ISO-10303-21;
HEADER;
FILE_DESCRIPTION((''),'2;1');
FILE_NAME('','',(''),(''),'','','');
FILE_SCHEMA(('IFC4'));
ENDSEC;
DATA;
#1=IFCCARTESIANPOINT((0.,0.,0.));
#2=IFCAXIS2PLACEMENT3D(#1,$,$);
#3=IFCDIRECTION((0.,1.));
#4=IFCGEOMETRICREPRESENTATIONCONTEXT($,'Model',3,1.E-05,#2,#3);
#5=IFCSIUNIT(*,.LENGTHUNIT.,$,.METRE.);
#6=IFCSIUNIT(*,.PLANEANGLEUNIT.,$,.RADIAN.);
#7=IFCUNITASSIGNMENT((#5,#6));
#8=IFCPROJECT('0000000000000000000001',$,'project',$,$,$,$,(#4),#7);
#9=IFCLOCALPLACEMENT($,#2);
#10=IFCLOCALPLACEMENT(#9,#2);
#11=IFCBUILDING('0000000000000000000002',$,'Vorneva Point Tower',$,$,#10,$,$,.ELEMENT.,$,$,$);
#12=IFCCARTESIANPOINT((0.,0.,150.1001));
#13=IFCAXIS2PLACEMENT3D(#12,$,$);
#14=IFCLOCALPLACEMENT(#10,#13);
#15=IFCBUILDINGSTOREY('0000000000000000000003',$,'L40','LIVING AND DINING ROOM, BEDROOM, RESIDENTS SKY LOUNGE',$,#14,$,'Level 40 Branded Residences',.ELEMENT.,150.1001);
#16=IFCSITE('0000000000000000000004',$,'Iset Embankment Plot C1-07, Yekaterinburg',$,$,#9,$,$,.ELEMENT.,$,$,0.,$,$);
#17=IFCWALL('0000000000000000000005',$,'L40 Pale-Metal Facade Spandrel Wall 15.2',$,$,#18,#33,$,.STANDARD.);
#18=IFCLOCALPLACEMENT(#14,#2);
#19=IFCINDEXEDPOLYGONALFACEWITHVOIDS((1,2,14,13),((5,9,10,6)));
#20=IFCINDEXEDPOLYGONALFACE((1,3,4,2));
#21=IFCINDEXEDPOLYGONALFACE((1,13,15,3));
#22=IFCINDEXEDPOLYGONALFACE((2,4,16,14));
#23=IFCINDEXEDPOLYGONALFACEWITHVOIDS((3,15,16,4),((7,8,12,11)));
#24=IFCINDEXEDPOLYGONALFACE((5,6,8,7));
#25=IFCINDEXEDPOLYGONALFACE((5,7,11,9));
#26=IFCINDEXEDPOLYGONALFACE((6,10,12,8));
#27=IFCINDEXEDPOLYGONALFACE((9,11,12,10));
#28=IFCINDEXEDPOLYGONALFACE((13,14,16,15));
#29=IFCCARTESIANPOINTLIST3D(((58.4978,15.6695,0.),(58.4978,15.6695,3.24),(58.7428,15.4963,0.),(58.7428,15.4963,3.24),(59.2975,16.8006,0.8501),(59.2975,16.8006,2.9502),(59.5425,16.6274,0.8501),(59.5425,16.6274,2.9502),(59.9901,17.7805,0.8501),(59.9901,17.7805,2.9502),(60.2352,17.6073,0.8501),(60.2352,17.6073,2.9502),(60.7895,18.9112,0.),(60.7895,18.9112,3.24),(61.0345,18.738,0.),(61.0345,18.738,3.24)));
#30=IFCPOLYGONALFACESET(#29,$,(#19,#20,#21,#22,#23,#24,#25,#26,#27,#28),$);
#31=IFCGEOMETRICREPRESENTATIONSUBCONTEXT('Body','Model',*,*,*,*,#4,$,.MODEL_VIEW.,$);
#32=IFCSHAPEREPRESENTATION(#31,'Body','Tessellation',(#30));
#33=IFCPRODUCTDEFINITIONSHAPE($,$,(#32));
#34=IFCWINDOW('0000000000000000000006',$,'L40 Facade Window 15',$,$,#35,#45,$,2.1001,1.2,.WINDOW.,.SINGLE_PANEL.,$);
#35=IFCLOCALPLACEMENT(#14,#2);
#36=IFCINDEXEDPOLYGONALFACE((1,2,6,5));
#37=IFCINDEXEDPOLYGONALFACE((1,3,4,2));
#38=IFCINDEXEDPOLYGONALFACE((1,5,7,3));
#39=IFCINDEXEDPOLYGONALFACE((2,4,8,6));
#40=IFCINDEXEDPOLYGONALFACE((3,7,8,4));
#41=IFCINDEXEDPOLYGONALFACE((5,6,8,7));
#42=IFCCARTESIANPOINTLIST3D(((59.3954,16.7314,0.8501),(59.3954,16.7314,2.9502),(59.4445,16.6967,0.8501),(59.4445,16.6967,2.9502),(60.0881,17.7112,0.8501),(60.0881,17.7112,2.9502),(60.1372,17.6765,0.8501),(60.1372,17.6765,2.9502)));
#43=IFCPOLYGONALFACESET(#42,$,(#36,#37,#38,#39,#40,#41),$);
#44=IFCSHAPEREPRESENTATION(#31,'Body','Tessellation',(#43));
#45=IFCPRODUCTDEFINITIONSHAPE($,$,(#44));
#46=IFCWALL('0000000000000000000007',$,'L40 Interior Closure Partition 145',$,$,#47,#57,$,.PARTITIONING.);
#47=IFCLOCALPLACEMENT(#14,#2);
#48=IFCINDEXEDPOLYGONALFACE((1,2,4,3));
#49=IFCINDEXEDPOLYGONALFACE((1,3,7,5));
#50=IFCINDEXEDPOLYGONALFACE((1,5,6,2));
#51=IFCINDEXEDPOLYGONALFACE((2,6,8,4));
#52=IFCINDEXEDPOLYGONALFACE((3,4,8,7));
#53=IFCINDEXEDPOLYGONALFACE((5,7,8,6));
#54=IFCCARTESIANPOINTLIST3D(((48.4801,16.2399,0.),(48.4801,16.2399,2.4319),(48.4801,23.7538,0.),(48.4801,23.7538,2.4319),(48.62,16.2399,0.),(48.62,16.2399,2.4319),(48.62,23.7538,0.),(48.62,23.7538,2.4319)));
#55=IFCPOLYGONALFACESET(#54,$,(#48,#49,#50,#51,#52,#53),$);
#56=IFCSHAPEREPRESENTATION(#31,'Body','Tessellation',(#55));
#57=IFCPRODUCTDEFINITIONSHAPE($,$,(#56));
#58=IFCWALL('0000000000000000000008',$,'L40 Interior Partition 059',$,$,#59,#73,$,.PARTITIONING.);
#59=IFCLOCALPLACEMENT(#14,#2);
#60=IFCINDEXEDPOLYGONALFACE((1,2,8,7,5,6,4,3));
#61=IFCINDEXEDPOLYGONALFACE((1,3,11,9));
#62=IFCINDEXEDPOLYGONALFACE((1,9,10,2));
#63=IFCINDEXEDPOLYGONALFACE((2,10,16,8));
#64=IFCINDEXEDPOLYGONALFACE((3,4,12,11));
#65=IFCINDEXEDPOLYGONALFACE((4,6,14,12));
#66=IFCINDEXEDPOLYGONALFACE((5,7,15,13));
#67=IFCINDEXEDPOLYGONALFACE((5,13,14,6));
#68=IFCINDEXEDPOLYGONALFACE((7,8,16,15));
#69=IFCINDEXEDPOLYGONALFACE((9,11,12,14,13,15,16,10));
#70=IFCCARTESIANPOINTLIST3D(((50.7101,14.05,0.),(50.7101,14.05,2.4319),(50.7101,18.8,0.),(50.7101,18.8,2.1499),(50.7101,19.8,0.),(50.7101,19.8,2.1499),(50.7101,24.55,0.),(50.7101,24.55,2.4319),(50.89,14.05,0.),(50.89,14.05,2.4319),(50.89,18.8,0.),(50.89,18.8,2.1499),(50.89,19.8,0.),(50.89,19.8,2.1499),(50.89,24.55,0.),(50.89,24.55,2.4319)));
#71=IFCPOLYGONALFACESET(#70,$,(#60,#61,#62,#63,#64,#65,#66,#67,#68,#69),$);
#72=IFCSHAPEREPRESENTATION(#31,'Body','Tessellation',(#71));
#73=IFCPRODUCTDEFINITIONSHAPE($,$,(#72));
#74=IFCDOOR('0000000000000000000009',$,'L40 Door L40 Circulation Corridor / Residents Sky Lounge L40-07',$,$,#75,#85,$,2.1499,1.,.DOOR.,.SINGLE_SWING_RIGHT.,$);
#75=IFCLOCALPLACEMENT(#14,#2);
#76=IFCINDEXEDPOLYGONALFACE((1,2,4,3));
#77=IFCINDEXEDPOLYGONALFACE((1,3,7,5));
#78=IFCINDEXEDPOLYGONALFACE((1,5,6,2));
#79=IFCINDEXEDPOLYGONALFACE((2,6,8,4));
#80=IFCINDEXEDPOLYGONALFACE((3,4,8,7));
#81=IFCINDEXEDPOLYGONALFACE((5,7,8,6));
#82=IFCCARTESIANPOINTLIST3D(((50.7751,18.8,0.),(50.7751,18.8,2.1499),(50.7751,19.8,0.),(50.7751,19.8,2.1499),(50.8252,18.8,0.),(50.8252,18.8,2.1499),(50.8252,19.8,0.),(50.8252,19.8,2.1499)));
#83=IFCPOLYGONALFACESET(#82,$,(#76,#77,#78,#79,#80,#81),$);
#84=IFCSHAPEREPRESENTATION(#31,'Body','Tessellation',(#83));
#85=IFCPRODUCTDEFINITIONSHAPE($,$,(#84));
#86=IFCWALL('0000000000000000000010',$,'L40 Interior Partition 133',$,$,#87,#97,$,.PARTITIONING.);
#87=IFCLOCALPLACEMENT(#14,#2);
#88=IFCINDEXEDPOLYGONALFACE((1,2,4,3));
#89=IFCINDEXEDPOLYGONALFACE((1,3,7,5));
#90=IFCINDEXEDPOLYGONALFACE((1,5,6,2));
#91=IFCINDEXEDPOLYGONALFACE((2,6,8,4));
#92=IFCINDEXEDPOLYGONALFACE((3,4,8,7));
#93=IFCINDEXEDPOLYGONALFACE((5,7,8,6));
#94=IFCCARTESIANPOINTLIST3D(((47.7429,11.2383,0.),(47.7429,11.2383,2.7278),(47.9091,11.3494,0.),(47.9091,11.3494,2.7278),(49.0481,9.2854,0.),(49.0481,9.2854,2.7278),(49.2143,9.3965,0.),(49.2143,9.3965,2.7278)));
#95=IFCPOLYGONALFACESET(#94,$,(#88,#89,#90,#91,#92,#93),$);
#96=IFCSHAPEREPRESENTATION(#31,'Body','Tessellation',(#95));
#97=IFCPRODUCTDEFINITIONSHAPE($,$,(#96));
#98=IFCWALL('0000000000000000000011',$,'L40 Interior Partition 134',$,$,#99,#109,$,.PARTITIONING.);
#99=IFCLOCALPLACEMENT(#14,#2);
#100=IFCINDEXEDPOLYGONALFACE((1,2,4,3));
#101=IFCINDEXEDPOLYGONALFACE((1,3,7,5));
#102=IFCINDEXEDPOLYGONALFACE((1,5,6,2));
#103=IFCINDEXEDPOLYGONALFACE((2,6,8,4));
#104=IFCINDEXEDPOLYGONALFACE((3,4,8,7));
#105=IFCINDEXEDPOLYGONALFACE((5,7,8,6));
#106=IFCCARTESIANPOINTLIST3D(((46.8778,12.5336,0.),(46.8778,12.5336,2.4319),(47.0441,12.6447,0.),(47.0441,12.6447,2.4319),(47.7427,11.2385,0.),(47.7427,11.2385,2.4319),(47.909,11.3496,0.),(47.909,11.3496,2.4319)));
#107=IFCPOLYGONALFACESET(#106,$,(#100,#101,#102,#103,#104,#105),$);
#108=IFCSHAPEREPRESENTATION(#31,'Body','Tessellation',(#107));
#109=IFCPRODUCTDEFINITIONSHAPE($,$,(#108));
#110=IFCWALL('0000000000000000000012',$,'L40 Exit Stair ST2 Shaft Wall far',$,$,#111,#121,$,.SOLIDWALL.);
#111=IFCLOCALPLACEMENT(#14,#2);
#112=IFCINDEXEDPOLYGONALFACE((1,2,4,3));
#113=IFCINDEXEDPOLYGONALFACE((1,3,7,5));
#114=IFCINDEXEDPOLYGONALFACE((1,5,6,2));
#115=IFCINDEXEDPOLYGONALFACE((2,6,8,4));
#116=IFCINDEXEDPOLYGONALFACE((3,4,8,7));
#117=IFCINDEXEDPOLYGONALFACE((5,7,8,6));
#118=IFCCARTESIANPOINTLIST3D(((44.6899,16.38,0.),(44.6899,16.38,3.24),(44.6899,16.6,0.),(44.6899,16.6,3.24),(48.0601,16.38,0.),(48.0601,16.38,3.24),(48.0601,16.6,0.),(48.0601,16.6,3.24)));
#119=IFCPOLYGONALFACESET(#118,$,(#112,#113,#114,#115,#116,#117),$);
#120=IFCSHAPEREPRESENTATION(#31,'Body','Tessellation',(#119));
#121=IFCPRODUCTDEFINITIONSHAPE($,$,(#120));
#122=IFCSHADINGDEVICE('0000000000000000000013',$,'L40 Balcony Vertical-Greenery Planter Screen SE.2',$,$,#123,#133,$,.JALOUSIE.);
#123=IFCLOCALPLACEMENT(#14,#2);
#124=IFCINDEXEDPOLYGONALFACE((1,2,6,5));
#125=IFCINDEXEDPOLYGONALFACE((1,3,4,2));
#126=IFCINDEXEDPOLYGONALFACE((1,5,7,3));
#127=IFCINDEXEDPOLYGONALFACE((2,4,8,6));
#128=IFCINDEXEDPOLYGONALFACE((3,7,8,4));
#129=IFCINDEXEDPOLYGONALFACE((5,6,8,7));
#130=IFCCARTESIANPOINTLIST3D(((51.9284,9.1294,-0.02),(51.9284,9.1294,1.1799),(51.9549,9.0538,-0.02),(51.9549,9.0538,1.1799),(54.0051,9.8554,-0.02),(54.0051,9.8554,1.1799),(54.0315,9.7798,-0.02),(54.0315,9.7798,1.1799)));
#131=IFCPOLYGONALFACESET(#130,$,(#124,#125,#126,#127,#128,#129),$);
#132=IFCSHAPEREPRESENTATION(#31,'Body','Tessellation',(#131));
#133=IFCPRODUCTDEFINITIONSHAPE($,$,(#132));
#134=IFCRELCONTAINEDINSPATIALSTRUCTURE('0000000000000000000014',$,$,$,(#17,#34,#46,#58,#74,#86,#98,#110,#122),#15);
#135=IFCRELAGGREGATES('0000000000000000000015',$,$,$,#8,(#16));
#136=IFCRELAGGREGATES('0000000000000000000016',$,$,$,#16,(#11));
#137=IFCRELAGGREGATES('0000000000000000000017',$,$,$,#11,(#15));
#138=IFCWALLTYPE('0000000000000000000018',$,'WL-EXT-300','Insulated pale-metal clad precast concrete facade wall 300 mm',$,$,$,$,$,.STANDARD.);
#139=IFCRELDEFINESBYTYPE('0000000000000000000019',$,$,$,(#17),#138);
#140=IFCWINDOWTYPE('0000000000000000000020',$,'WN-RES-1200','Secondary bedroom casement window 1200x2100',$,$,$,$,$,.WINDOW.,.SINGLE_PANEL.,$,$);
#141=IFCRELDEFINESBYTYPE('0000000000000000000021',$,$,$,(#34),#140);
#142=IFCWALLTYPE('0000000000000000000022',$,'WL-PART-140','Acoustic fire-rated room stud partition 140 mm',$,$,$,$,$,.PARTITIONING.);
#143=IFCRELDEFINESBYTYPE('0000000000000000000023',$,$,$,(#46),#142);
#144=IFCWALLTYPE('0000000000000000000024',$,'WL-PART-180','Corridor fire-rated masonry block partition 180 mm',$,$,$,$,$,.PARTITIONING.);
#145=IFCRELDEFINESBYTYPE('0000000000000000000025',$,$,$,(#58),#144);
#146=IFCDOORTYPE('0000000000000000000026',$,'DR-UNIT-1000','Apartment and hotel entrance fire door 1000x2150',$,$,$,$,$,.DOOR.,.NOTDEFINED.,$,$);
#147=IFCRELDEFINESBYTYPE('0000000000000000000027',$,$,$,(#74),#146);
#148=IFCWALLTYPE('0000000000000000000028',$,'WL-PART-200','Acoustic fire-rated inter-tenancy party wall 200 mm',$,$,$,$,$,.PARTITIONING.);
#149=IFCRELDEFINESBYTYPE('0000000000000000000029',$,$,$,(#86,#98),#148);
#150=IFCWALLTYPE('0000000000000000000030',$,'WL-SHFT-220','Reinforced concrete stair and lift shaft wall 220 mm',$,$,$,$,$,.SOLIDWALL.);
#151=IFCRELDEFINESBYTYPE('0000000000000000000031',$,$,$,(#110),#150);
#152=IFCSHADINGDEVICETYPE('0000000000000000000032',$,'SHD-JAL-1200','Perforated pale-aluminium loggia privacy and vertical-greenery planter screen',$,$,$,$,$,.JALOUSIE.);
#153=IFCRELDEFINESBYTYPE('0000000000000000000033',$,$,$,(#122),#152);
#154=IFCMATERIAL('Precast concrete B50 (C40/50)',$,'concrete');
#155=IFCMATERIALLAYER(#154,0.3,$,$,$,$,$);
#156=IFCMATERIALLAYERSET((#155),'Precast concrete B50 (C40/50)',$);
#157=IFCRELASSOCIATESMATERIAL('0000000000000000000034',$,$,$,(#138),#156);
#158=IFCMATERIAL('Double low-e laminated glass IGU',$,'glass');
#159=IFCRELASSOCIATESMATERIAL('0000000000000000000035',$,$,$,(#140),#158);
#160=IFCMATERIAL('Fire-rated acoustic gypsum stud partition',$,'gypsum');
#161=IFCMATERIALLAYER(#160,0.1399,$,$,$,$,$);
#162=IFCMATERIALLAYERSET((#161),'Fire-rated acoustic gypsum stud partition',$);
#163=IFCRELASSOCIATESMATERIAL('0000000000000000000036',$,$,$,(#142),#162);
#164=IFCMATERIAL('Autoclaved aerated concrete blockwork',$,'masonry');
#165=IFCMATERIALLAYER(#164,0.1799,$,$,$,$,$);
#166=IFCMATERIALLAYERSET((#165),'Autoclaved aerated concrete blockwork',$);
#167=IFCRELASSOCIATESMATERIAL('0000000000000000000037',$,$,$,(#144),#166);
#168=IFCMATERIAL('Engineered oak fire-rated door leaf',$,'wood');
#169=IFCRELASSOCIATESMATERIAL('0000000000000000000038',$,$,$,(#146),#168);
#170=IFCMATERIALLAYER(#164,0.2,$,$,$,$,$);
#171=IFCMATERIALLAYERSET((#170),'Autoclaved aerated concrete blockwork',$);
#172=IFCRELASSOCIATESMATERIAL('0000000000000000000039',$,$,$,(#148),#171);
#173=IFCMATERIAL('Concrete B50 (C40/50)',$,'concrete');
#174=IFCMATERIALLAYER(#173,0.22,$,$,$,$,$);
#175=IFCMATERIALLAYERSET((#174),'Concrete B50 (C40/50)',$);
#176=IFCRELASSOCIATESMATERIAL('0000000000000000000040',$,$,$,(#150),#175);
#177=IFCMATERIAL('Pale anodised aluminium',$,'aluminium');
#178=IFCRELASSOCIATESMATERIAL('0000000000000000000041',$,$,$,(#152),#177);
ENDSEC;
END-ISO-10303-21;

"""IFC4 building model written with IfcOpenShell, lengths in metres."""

from ifc_helpers import new_model, si_unit, direction, frame, frame_2d, origin, origin_2d, place, context, subcontext, project, spatial, rectangle, extrude, material, layer, layer_set, type_object, element, fill, save


model = new_model("IFC4")

# Units and contexts
model_context = context("Model", 3, precision=1e-05, world=origin(), true_north=direction((0.0, 1.0)))
body_context = subcontext(model_context, "Body", "Model", "MODEL_VIEW")
ifc_project = project(units=[si_unit("LENGTHUNIT", "METRE"), si_unit("PLANEANGLEUNIT", "RADIAN")], contexts=[model_context])

# Site, building, storey
site_placement = place(None, origin())
site = spatial("IfcSite", under=ifc_project, at=site_placement, Name="Iset Embankment Plot C1-07, Yekaterinburg", CompositionType="ELEMENT", RefElevation=0.0)
building_placement = place(site_placement, origin())
building = spatial("IfcBuilding", under=site, at=building_placement, Name="Vorneva Point Tower", CompositionType="ELEMENT")
storey_placement = place(building_placement, frame((0.0, 0.0, 150.1001)))
storey = spatial("IfcBuildingStorey", under=building, at=storey_placement, Name="L40", Description="LIVING AND DINING ROOM, BEDROOM, RESIDENTS SKY LOUNGE", LongName="Level 40 Branded Residences", CompositionType="ELEMENT", Elevation=150.1001)

# Shared definitions
ifc_material_1 = material(Name="Pale anodised aluminium", Category="aluminium")
ifc_material_2 = material(Name="Double low-e laminated glass IGU", Category="glass")

# Shared definitions
ifc_material_3 = material(Name="Precast concrete B50 (C40/50)", Category="concrete")
ifc_layer_1 = layer(ifc_material_3, 0.3)
ifc_layer_set_1 = layer_set([ifc_layer_1], Name="Precast concrete B50 (C40/50)")
wall_type_1 = type_object("IfcWallType", Name="WL-EXT-300", Description="Insulated pale-metal clad precast concrete facade wall 300 mm", PredefinedType="STANDARD", material=ifc_layer_set_1)

# Wall, opening, window
wall_1_placement = place(storey_placement, frame((58.6204, 15.583, 0.0), z_axis=(0.0, 0.0, 1.0), x_axis=(0.57727, 0.816554, 0.0)))
wall_1 = element("IfcWall", 1, at=wall_1_placement, inside=storey, type_object=wall_type_1, Name="L40 Pale-Metal Facade Spandrel Wall 15.2", PredefinedType="STANDARD", context=body_context, shape_type="SweptSolid", body=[
    extrude(rectangle(XDim=3.97, YDim=0.3, at=frame_2d((1.9849, 0.0))), origin(), (0.0, 0.0, 1.0), 3.24),
])
opening_1_placement = place(wall_1_placement, frame((1.385, 0.0, 0.8501)))
opening_1 = element("IfcOpeningElement", 2, at=opening_1_placement, cuts=wall_1, PredefinedType="OPENING", context=body_context, shape_type="SweptSolid", body=[
    extrude(rectangle(XDim=1.2, YDim=2.1001, at=frame_2d((0.6001, 1.05))), frame((0.0, 0.165, 0.0), z_axis=(0.0, -1.0, 0.0), x_axis=(1.0, 0.0, 0.0)), (0.0, 0.0, 1.0), 0.3298),
])
window_type = type_object("IfcWindowType", Name="WN-RES-1200", Description="Secondary bedroom casement window 1200x2100", PartitioningType="SINGLE_PANEL", PredefinedType="WINDOW", material=ifc_material_2)
window_placement = place(opening_1_placement, origin())
window = element("IfcWindow", 3, at=window_placement, inside=storey, type_object=window_type, Name="L40 Facade Window 15", OverallHeight=2.1001, OverallWidth=1.2, PartitioningType="SINGLE_PANEL", PredefinedType="WINDOW", context=body_context, shape_type="SweptSolid", body=[
    extrude(rectangle(XDim=1.2, YDim=2.1001, at=frame_2d((0.6001, 1.05))), frame((0.0, 0.03, 0.0), z_axis=(0.0, -1.0, 0.0), x_axis=(1.0, 0.0, 0.0)), (0.0, 0.0, 1.0), 0.0601),
])
fill(opening_1, window)

# Wall
ifc_material_4 = material(Name="Fire-rated acoustic gypsum stud partition", Category="gypsum")
ifc_layer_2 = layer(ifc_material_4, 0.1399)
ifc_layer_set_2 = layer_set([ifc_layer_2], Name="Fire-rated acoustic gypsum stud partition")
wall_type_2 = type_object("IfcWallType", Name="WL-PART-140", Description="Acoustic fire-rated room stud partition 140 mm", PredefinedType="PARTITIONING", material=ifc_layer_set_2)
wall_2_placement = place(storey_placement, frame((48.55, 16.24, 0.0), z_axis=(0.0, 0.0, 1.0), x_axis=(0.0, 1.0, 0.0)))
element("IfcWall", 4, at=wall_2_placement, inside=storey, type_object=wall_type_2, Name="L40 Interior Closure Partition 145", PredefinedType="PARTITIONING", context=body_context, shape_type="SweptSolid", body=[
    extrude(rectangle(XDim=7.5139, YDim=0.1399, at=frame_2d((3.7568, 0.0))), origin(), (0.0, 0.0, 1.0), 2.4319),
])

# Wall, opening, door
ifc_material_5 = material(Name="Autoclaved aerated concrete blockwork", Category="masonry")
ifc_layer_3 = layer(ifc_material_5, 0.1799)
ifc_layer_set_3 = layer_set([ifc_layer_3], Name="Autoclaved aerated concrete blockwork")
wall_type_3 = type_object("IfcWallType", Name="WL-PART-180", Description="Corridor fire-rated masonry block partition 180 mm", PredefinedType="PARTITIONING", material=ifc_layer_set_3)
wall_3_placement = place(storey_placement, frame((50.8, 14.05, 0.0), z_axis=(0.0, 0.0, 1.0), x_axis=(0.0, 1.0, 0.0)))
wall_3 = element("IfcWall", 5, at=wall_3_placement, inside=storey, type_object=wall_type_3, Name="L40 Interior Partition 059", PredefinedType="PARTITIONING", context=body_context, shape_type="SweptSolid", body=[
    extrude(rectangle(XDim=10.5, YDim=0.1799, at=frame_2d((5.25, 0.0))), origin(), (0.0, 0.0, 1.0), 2.4319),
])
opening_2_placement = place(wall_3_placement, frame((4.75, 0.0, 0.0)))
opening_2 = element("IfcOpeningElement", 6, at=opening_2_placement, cuts=wall_3, PredefinedType="OPENING", context=body_context, shape_type="SweptSolid", body=[
    extrude(rectangle(XDim=1.0, YDim=2.1499, at=frame_2d((0.5, 1.075))), frame((0.0, 0.105, 0.0), z_axis=(0.0, -1.0, 0.0), x_axis=(1.0, 0.0, 0.0)), (0.0, 0.0, 1.0), 0.2097),
])
ifc_material_6 = material(Name="Engineered oak fire-rated door leaf", Category="wood")
door_type_1 = type_object("IfcDoorType", Name="DR-UNIT-1000", Description="Apartment and hotel entrance fire door 1000x2150", OperationType="NOTDEFINED", PredefinedType="DOOR", material=ifc_material_6)
door_1_placement = place(opening_2_placement, origin())
door_1 = element("IfcDoor", 7, at=door_1_placement, inside=storey, type_object=door_type_1, Name="L40 Door L40 Circulation Corridor / Residents Sky Lounge L40-07", OperationType="SINGLE_SWING_RIGHT", OverallHeight=2.1499, OverallWidth=1.0, PredefinedType="DOOR", context=body_context, shape_type="SweptSolid", body=[
    extrude(rectangle(XDim=1.0, YDim=2.1499, at=frame_2d((0.5, 1.075))), frame((0.0, 0.0249, 0.0), z_axis=(0.0, -1.0, 0.0), x_axis=(1.0, 0.0, 0.0)), (0.0, 0.0, 1.0), 0.05),
])
fill(opening_2, door_1)

# Walls
ifc_layer_4 = layer(ifc_material_5, 0.2)
ifc_layer_set_4 = layer_set([ifc_layer_4], Name="Autoclaved aerated concrete blockwork")
wall_type_4 = type_object("IfcWallType", Name="WL-PART-200", Description="Acoustic fire-rated inter-tenancy party wall 200 mm", PredefinedType="PARTITIONING", material=ifc_layer_set_4)
wall_4_placement = place(storey_placement, frame((49.1311, 9.3411, 0.0), z_axis=(0.0, 0.0, 1.0), x_axis=(-0.555659, 0.83141, 0.0)))
element("IfcWall", 8, at=wall_4_placement, inside=storey, type_object=wall_type_4, Name="L40 Interior Partition 133", PredefinedType="PARTITIONING", context=body_context, shape_type="SweptSolid", body=[
    extrude(rectangle(XDim=2.3489, YDim=0.2, at=frame_2d((1.1743, 0.0))), origin(), (0.0, 0.0, 1.0), 2.7278),
])
wall_5_placement = place(storey_placement, frame((47.8259, 11.2939, 0.0), z_axis=(0.0, 0.0, 1.0), x_axis=(-0.555387, 0.831592, 0.0)))
element("IfcWall", 9, at=wall_5_placement, inside=storey, type_object=wall_type_4, Name="L40 Interior Partition 134", PredefinedType="PARTITIONING", context=body_context, shape_type="SweptSolid", body=[
    extrude(rectangle(XDim=1.5574, YDim=0.2, at=frame_2d((0.7788, 0.0))), origin(), (0.0, 0.0, 1.0), 2.4319),
])
ifc_material_7 = material(Name="Concrete B50 (C40/50)", Category="concrete")
ifc_layer_5 = layer(ifc_material_7, 0.22)
ifc_layer_set_5 = layer_set([ifc_layer_5], Name="Concrete B50 (C40/50)")
wall_type_5 = type_object("IfcWallType", Name="WL-SHFT-220", Description="Reinforced concrete stair and lift shaft wall 220 mm", PredefinedType="SOLIDWALL", material=ifc_layer_set_5)
wall_6_placement = place(storey_placement, frame((48.0601, 16.49, 0.0), z_axis=(0.0, 0.0, 1.0), x_axis=(-1.0, 0.0, 0.0)))
element("IfcWall", 10, at=wall_6_placement, inside=storey, type_object=wall_type_5, Name="L40 Exit Stair ST2 Shaft Wall far", PredefinedType="SOLIDWALL", context=body_context, shape_type="SweptSolid", body=[
    extrude(rectangle(XDim=3.3701, YDim=0.22, at=frame_2d((1.6851, 0.0))), origin(), (0.0, 0.0, 1.0), 3.24),
])

# Shading device
shading_device_type = type_object("IfcShadingDeviceType", Name="SHD-JAL-1200", Description="Perforated pale-aluminium loggia privacy and vertical-greenery planter screen", PredefinedType="JALOUSIE", material=ifc_material_1)
shading_device_placement = place(storey_placement, frame((52.98, 9.4546, -0.02), z_axis=(0.0, 0.0, 1.0), x_axis=(0.943968, 0.330037, 0.0)))
element("IfcShadingDevice", 11, at=shading_device_placement, inside=storey, type_object=shading_device_type, Name="L40 Balcony Vertical-Greenery Planter Screen SE.2", PredefinedType="JALOUSIE", context=body_context, shape_type="SweptSolid", body=[
    extrude(rectangle(XDim=2.2, YDim=0.0801, at=origin_2d()), origin(), (0.0, 0.0, 1.0), 1.2),
])

save(model, "model.ifc")
